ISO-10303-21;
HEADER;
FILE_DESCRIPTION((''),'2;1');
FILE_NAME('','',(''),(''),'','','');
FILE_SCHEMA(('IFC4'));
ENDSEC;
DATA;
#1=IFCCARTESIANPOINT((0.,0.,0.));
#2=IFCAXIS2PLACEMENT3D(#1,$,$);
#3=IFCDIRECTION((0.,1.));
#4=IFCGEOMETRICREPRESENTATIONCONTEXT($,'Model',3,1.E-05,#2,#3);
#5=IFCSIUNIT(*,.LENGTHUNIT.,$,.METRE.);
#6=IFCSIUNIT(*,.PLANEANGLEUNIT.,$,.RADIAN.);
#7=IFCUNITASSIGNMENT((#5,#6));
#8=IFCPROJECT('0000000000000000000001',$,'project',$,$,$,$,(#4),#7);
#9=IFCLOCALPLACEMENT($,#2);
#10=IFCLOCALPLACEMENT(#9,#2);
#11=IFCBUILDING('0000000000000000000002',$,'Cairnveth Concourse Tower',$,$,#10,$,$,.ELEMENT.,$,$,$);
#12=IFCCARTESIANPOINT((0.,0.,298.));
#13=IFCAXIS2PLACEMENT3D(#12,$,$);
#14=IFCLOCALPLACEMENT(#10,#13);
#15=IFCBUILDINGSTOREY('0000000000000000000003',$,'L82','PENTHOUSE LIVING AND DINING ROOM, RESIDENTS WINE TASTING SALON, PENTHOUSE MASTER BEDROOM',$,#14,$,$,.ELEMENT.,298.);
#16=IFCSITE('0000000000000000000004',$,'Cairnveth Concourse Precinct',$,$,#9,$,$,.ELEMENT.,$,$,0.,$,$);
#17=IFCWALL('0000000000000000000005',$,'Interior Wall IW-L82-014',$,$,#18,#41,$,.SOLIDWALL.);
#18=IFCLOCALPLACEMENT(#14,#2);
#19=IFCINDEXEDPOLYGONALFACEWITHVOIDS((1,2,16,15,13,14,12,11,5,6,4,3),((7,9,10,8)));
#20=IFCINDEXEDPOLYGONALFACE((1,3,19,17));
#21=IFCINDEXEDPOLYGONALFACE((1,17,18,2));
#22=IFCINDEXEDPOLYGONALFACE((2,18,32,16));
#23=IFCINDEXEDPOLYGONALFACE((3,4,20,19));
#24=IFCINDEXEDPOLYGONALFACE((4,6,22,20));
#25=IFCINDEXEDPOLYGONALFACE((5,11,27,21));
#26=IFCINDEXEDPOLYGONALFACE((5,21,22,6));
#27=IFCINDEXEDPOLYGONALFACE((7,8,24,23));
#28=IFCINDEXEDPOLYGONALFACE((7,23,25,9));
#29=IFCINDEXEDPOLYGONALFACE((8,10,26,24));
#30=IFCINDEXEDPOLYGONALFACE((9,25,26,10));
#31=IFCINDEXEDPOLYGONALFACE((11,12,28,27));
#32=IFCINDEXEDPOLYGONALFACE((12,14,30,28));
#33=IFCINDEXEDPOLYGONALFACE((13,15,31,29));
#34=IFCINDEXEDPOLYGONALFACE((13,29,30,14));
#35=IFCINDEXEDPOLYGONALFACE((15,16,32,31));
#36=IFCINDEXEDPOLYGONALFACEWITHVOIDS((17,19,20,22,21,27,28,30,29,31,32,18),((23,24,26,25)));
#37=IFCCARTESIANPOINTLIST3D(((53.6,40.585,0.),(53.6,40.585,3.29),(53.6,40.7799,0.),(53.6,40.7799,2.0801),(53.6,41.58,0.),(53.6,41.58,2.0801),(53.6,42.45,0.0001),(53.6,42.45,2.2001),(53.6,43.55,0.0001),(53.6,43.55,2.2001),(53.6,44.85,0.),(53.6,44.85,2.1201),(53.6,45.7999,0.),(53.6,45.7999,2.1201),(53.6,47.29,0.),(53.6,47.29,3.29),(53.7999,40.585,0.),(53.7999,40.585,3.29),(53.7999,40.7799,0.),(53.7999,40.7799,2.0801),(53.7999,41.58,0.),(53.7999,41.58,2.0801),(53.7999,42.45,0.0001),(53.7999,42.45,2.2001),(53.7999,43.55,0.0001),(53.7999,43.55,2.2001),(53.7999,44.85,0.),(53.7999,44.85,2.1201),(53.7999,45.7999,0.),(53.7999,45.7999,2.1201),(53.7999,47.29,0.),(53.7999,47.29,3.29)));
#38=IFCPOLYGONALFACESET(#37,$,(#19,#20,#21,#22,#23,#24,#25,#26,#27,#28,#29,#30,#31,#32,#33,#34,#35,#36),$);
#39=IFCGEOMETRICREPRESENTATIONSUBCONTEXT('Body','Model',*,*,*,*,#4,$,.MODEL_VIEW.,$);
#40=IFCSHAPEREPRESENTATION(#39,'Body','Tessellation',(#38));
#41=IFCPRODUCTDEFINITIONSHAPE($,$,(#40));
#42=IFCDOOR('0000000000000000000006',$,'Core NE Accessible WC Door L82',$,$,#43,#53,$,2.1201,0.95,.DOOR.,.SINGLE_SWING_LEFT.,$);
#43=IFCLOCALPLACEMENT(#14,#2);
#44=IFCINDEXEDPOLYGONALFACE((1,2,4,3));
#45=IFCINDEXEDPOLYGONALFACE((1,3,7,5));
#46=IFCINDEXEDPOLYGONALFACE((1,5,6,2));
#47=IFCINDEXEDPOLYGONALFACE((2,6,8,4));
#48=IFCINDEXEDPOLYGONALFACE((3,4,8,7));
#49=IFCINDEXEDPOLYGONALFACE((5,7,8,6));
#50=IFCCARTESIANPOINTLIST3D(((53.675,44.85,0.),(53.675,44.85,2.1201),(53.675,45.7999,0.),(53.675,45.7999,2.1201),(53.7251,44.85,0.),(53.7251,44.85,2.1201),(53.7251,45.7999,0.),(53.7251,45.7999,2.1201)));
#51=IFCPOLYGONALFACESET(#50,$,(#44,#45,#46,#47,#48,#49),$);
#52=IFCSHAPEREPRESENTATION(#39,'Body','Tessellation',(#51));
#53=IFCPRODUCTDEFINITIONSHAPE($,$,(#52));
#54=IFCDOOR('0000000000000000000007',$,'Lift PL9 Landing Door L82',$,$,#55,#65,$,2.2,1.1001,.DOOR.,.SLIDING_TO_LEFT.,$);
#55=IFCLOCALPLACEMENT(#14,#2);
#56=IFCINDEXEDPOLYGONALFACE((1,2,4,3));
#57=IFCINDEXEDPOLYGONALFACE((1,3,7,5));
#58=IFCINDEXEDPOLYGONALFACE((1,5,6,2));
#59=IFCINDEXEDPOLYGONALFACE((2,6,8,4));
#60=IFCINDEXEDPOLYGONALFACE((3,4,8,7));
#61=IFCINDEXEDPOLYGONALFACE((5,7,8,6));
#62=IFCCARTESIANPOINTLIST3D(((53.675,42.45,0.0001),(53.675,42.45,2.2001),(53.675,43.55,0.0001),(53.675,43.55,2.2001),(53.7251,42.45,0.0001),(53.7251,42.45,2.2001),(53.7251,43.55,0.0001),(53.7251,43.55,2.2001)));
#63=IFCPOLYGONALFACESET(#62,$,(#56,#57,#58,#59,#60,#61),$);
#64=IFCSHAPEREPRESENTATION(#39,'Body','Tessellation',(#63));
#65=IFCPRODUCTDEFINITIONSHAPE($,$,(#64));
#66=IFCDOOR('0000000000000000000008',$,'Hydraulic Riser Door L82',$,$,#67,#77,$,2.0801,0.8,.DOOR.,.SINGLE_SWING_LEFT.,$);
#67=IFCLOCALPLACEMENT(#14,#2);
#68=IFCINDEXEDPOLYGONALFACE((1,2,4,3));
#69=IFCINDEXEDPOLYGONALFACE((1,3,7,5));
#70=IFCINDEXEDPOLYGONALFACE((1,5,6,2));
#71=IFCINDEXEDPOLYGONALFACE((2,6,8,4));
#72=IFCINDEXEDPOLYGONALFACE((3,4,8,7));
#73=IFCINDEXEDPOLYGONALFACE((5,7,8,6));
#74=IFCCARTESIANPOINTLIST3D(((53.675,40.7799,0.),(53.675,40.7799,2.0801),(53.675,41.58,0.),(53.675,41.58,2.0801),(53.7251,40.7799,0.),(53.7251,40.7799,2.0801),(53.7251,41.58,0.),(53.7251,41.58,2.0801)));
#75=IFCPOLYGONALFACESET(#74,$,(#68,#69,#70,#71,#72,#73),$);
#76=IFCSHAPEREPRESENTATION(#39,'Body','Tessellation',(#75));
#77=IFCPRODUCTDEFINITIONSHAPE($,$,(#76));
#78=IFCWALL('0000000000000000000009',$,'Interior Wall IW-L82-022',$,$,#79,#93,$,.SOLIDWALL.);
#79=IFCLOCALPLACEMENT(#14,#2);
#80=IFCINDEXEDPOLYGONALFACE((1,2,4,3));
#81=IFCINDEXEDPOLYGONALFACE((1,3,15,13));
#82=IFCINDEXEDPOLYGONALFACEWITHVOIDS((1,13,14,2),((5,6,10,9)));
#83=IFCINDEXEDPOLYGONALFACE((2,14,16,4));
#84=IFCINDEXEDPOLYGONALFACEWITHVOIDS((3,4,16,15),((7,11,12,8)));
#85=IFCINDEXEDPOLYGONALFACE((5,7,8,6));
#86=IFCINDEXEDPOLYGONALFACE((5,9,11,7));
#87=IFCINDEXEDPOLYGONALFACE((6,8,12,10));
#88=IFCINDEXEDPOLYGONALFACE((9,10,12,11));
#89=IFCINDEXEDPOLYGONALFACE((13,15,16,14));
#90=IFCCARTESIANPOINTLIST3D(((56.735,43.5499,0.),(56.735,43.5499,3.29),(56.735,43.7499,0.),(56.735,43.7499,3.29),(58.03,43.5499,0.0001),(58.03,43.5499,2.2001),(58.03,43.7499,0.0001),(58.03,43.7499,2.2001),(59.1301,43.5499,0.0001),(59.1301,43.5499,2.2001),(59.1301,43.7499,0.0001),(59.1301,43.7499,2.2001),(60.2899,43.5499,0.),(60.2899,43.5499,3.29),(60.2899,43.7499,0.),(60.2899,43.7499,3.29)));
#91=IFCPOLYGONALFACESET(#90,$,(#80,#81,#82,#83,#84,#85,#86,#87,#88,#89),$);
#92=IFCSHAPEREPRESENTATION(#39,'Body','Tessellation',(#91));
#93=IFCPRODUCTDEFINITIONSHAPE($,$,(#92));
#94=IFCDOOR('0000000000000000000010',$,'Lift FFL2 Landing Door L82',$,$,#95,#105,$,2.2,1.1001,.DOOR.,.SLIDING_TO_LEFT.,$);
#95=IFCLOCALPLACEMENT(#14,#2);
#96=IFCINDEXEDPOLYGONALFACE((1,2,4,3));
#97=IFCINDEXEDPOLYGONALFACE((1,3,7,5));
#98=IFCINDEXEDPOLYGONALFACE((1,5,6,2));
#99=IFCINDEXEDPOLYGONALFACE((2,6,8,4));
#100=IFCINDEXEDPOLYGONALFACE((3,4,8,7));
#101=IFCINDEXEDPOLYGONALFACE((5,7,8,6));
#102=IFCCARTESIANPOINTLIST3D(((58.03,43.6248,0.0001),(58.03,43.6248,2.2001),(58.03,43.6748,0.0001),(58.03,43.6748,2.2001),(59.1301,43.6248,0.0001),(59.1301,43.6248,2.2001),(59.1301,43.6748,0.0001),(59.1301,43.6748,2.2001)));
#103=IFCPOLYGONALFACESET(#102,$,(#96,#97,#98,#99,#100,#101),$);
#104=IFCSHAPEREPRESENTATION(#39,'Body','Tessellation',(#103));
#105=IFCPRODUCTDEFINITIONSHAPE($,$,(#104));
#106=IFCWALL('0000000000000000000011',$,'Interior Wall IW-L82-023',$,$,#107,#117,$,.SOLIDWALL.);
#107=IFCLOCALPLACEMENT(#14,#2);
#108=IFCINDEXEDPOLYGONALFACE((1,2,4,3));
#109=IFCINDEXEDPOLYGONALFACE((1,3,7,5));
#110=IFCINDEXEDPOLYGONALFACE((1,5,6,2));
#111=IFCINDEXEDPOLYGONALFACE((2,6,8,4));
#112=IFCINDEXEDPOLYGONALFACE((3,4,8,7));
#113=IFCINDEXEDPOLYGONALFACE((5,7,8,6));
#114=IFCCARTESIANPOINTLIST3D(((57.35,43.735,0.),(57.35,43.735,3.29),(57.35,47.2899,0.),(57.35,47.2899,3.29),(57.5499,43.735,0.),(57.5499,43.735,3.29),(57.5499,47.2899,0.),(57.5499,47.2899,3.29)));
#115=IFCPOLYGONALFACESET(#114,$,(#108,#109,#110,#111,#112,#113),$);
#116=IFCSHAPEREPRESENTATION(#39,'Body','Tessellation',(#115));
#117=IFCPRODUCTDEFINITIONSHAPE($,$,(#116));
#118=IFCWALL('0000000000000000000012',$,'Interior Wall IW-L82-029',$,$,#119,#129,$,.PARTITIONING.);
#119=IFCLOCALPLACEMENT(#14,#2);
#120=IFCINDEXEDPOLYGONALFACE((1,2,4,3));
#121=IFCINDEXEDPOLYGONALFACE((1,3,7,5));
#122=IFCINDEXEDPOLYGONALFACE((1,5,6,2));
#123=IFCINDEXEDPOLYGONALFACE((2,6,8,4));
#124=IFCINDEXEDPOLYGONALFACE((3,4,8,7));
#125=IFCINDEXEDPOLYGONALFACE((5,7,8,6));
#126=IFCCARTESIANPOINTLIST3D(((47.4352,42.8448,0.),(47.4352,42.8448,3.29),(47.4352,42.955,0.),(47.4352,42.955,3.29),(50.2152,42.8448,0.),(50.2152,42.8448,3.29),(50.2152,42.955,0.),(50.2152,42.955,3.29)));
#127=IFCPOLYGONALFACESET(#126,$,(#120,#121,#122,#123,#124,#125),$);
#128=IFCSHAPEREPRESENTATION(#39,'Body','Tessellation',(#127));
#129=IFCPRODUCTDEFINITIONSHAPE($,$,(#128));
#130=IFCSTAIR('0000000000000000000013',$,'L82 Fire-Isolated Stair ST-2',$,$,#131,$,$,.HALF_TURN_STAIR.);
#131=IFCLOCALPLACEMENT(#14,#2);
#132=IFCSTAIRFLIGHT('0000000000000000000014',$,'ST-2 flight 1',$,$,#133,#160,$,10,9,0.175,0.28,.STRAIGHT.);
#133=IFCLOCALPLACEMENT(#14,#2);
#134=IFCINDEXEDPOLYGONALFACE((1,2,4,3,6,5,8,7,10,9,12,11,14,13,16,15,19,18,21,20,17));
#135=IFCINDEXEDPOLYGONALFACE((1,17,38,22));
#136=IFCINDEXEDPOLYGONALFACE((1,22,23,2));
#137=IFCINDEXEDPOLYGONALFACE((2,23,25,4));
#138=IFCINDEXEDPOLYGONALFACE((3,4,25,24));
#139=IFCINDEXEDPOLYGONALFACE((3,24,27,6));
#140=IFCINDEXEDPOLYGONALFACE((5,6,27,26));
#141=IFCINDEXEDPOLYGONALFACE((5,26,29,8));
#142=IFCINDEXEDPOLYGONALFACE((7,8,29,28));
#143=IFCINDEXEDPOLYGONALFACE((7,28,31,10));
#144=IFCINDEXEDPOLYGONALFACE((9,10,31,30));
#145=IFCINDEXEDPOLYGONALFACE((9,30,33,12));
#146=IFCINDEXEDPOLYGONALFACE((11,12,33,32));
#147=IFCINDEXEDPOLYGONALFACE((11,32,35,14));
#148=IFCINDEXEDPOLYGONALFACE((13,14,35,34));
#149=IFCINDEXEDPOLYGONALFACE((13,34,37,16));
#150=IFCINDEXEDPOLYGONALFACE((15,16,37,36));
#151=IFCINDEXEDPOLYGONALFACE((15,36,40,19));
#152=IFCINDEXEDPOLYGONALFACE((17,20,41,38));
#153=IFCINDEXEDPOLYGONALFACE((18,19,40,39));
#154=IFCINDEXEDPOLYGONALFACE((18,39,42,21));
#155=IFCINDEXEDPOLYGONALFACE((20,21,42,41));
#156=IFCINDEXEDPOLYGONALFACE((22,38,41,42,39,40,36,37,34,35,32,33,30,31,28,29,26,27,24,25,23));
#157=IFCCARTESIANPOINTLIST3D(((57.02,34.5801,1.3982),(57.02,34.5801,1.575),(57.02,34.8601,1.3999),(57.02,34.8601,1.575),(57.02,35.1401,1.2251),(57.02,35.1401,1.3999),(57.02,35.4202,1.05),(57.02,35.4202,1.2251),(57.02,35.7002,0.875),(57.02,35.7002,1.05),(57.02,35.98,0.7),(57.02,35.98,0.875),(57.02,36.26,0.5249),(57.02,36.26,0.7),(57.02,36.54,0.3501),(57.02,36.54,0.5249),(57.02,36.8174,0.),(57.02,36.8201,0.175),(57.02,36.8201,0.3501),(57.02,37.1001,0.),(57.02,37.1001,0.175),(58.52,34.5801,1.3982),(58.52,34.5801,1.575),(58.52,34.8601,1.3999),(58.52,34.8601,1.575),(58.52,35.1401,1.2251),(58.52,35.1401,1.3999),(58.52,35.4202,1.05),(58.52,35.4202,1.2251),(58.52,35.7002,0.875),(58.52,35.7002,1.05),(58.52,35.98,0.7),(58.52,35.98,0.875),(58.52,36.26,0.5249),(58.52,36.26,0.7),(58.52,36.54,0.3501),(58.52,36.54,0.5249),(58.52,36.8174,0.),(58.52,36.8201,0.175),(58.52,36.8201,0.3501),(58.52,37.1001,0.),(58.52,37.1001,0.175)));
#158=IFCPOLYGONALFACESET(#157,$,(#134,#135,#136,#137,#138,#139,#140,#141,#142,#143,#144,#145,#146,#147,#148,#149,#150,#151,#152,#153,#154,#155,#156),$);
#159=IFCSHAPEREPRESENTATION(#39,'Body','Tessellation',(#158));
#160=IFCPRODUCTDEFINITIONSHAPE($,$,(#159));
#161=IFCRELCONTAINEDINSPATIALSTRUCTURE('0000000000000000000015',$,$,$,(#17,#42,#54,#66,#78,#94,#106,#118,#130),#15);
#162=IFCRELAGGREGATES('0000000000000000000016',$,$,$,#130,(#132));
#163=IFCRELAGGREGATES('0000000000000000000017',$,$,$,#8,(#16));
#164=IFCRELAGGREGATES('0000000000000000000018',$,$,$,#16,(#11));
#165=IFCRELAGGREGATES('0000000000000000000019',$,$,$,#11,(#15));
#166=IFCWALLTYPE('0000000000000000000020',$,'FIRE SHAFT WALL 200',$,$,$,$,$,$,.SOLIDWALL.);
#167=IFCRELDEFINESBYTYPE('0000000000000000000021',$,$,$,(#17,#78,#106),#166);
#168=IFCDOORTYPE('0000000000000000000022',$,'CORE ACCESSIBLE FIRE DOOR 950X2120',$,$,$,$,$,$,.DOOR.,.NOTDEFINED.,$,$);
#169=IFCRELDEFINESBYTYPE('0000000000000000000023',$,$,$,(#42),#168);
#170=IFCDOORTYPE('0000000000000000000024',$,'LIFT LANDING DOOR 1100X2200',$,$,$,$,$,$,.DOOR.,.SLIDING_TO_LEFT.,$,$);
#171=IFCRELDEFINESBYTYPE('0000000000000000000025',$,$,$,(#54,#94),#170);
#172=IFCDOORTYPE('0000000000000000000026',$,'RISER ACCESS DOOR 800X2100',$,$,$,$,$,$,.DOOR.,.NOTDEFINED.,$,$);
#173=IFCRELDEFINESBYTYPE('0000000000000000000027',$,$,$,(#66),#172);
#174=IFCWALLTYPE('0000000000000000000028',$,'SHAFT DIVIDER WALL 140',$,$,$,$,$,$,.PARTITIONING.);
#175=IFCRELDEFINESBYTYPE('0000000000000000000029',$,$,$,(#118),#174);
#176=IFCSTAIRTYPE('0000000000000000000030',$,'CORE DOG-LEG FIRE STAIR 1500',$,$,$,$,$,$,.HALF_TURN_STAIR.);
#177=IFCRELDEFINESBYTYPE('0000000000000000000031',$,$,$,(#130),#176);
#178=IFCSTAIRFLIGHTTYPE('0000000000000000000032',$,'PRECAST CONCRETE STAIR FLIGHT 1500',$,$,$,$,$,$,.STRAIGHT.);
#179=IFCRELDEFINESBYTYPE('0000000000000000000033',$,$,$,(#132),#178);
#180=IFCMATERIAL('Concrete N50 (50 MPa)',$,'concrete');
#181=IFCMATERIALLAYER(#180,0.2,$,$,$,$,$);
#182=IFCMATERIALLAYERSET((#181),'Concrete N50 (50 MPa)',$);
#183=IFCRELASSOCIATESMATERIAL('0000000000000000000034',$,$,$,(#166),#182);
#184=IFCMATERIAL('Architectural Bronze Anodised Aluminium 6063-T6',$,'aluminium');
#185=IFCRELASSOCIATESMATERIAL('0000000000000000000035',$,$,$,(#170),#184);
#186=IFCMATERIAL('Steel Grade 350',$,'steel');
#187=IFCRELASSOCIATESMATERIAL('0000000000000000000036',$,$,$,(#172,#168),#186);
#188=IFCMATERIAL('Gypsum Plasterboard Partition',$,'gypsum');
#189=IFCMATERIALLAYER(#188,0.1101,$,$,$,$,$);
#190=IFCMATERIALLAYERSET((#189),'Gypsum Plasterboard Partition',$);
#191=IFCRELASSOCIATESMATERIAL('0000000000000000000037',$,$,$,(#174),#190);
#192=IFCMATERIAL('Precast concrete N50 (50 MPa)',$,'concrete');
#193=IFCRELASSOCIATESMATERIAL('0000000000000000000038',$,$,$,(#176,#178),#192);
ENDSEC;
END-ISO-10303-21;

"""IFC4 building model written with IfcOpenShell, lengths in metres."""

from ifc_helpers import new_model, si_unit, direction, frame, frame_2d, origin, place, context, subcontext, project, spatial, polyline, rectangle, outline, extrude, material, layer, layer_set, type_object, element, fill, aggregate, save


model = new_model("IFC4")

# Units and contexts
model_context = context("Model", 3, precision=1e-05, world=origin(), true_north=direction((0.0, 1.0)))
body_context = subcontext(model_context, "Body", "Model", "MODEL_VIEW")
ifc_project = project(units=[si_unit("LENGTHUNIT", "METRE"), si_unit("PLANEANGLEUNIT", "RADIAN")], contexts=[model_context])

# Site, building, storey
site_placement = place(None, origin())
site = spatial("IfcSite", under=ifc_project, at=site_placement, Name="Cairnveth Concourse Precinct", CompositionType="ELEMENT", RefElevation=0.0)
building_placement = place(site_placement, origin())
building = spatial("IfcBuilding", under=site, at=building_placement, Name="Cairnveth Concourse Tower", CompositionType="ELEMENT")
storey_placement = place(building_placement, frame((0.0, 0.0, 298.0)))
storey = spatial("IfcBuildingStorey", under=building, at=storey_placement, Name="L82", Description="PENTHOUSE LIVING AND DINING ROOM, RESIDENTS WINE TASTING SALON, PENTHOUSE MASTER BEDROOM", CompositionType="ELEMENT", Elevation=298.0)

# Shared definitions
ifc_material_1 = material(Name="Concrete N50 (50 MPa)", Category="concrete")

# Shared definitions
ifc_material_2 = material(Name="Steel Grade 350", Category="steel")

# Shared definitions
ifc_layer_1 = layer(ifc_material_1, 0.2)
ifc_layer_set_1 = layer_set([ifc_layer_1], Name="Concrete N50 (50 MPa)")
wall_type_1 = type_object("IfcWallType", Name="FIRE SHAFT WALL 200", PredefinedType="SOLIDWALL", material=ifc_layer_set_1)

# Wall, openings, doors
ifc_material_3 = material(Name="Architectural Bronze Anodised Aluminium 6063-T6", Category="aluminium")
door_type_1 = type_object("IfcDoorType", Name="LIFT LANDING DOOR 1100X2200", OperationType="SLIDING_TO_LEFT", PredefinedType="DOOR", material=ifc_material_3)
door_type_2 = type_object("IfcDoorType", Name="RISER ACCESS DOOR 800X2100", OperationType="NOTDEFINED", PredefinedType="DOOR", material=ifc_material_2)
wall_1_placement = place(storey_placement, frame((53.7, 40.585, 0.0), z_axis=(0.0, 0.0, 1.0), x_axis=(0.0, 1.0, 0.0)))
wall_1 = element("IfcWall", 1, at=wall_1_placement, inside=storey, type_object=wall_type_1, Name="Interior Wall IW-L82-014", PredefinedType="SOLIDWALL", context=body_context, shape_type="SweptSolid", body=[
    extrude(rectangle(XDim=6.7051, YDim=0.2, at=frame_2d((3.3525, 0.0))), origin(), (0.0, 0.0, 1.0), 3.29),
])
opening_1_placement = place(wall_1_placement, frame((0.1951, 0.0, 0.0)))
opening_1 = element("IfcOpeningElement", 2, at=opening_1_placement, cuts=wall_1, PredefinedType="OPENING", context=body_context, shape_type="SweptSolid", body=[
    extrude(rectangle(XDim=0.8, YDim=2.0801, at=frame_2d((0.3999, 1.04))), frame((0.0, 0.1099, 0.0), z_axis=(0.0, -1.0, 0.0), x_axis=(1.0, 0.0, 0.0)), (0.0, 0.0, 1.0), 0.22),
])
opening_2_placement = place(wall_1_placement, frame((1.865, 0.0, 0.0)))
opening_2 = element("IfcOpeningElement", 3, at=opening_2_placement, cuts=wall_1, PredefinedType="OPENING", context=body_context, shape_type="SweptSolid", body=[
    extrude(rectangle(XDim=1.1001, YDim=2.2, at=frame_2d((0.55, 1.1001))), frame((0.0, 0.1099, 0.0), z_axis=(0.0, -1.0, 0.0), x_axis=(1.0, 0.0, 0.0)), (0.0, 0.0, 1.0), 0.22),
])
opening_3_placement = place(wall_1_placement, frame((4.2649, 0.0, 0.0)))
opening_3 = element("IfcOpeningElement", 4, at=opening_3_placement, cuts=wall_1, PredefinedType="OPENING", context=body_context, shape_type="SweptSolid", body=[
    extrude(rectangle(XDim=0.95, YDim=2.1201, at=frame_2d((0.4751, 1.0601))), frame((0.0, 0.1099, 0.0), z_axis=(0.0, -1.0, 0.0), x_axis=(1.0, 0.0, 0.0)), (0.0, 0.0, 1.0), 0.22),
])
door_type_3 = type_object("IfcDoorType", Name="CORE ACCESSIBLE FIRE DOOR 950X2120", OperationType="NOTDEFINED", PredefinedType="DOOR", material=ifc_material_2)
door_1_placement = place(opening_3_placement, origin())
door_1 = element("IfcDoor", 5, at=door_1_placement, inside=storey, type_object=door_type_3, Name="Core NE Accessible WC Door L82", OperationType="SINGLE_SWING_LEFT", OverallHeight=2.1201, OverallWidth=0.95, PredefinedType="DOOR", context=body_context, shape_type="SweptSolid", body=[
    extrude(rectangle(XDim=0.95, YDim=2.1201, at=frame_2d((0.4751, 1.0601))), frame((0.0, 0.0249, 0.0), z_axis=(0.0, -1.0, 0.0), x_axis=(1.0, 0.0, 0.0)), (0.0, 0.0, 1.0), 0.05),
])
fill(opening_3, door_1)
door_2_placement = place(opening_2_placement, origin())
door_2 = element("IfcDoor", 6, at=door_2_placement, inside=storey, type_object=door_type_1, Name="Lift PL9 Landing Door L82", OperationType="SLIDING_TO_LEFT", OverallHeight=2.2, OverallWidth=1.1001, PredefinedType="DOOR", context=body_context, shape_type="SweptSolid", body=[
    extrude(rectangle(XDim=1.1001, YDim=2.2, at=frame_2d((0.55, 1.1001))), frame((0.0, 0.0249, 0.0), z_axis=(0.0, -1.0, 0.0), x_axis=(1.0, 0.0, 0.0)), (0.0, 0.0, 1.0), 0.05),
])
fill(opening_2, door_2)
door_3_placement = place(opening_1_placement, origin())
door_3 = element("IfcDoor", 7, at=door_3_placement, inside=storey, type_object=door_type_2, Name="Hydraulic Riser Door L82", OperationType="SINGLE_SWING_LEFT", OverallHeight=2.0801, OverallWidth=0.8, PredefinedType="DOOR", context=body_context, shape_type="SweptSolid", body=[
    extrude(rectangle(XDim=0.8, YDim=2.0801, at=frame_2d((0.3999, 1.04))), frame((0.0, 0.0249, 0.0), z_axis=(0.0, -1.0, 0.0), x_axis=(1.0, 0.0, 0.0)), (0.0, 0.0, 1.0), 0.05),
])
fill(opening_1, door_3)

# Wall, opening, door
wall_2_placement = place(storey_placement, frame((56.7351, 43.6499, 0.0), z_axis=(0.0, 0.0, 1.0), x_axis=(1.0, 0.0, 0.0)))
wall_2 = element("IfcWall", 8, at=wall_2_placement, inside=storey, type_object=wall_type_1, Name="Interior Wall IW-L82-022", PredefinedType="SOLIDWALL", context=body_context, shape_type="SweptSolid", body=[
    extrude(rectangle(XDim=3.5549, YDim=0.2, at=frame_2d((1.7773, 0.0))), origin(), (0.0, 0.0, 1.0), 3.29),
])
opening_4_placement = place(wall_2_placement, frame((1.2949, 0.0, 0.0)))
opening_4 = element("IfcOpeningElement", 9, at=opening_4_placement, cuts=wall_2, PredefinedType="OPENING", context=body_context, shape_type="SweptSolid", body=[
    extrude(rectangle(XDim=1.1001, YDim=2.2, at=frame_2d((0.55, 1.1001))), frame((0.0, 0.1099, 0.0), z_axis=(0.0, -1.0, 0.0), x_axis=(1.0, 0.0, 0.0)), (0.0, 0.0, 1.0), 0.22),
])
door_4_placement = place(opening_4_placement, origin())
door_4 = element("IfcDoor", 10, at=door_4_placement, inside=storey, type_object=door_type_1, Name="Lift FFL2 Landing Door L82", OperationType="SLIDING_TO_LEFT", OverallHeight=2.2, OverallWidth=1.1001, PredefinedType="DOOR", context=body_context, shape_type="SweptSolid", body=[
    extrude(rectangle(XDim=1.1001, YDim=2.2, at=frame_2d((0.55, 1.1001))), frame((0.0, 0.0249, 0.0), z_axis=(0.0, -1.0, 0.0), x_axis=(1.0, 0.0, 0.0)), (0.0, 0.0, 1.0), 0.05),
])
fill(opening_4, door_4)

# Walls
wall_3_placement = place(storey_placement, frame((57.45, 43.7351, 0.0), z_axis=(0.0, 0.0, 1.0), x_axis=(0.0, 1.0, 0.0)))
element("IfcWall", 11, at=wall_3_placement, inside=storey, type_object=wall_type_1, Name="Interior Wall IW-L82-023", PredefinedType="SOLIDWALL", context=body_context, shape_type="SweptSolid", body=[
    extrude(rectangle(XDim=3.5549, YDim=0.2, at=frame_2d((1.7773, 0.0))), origin(), (0.0, 0.0, 1.0), 3.29),
])
ifc_material_4 = material(Name="Gypsum Plasterboard Partition", Category="gypsum")
ifc_layer_2 = layer(ifc_material_4, 0.1101)
ifc_layer_set_2 = layer_set([ifc_layer_2], Name="Gypsum Plasterboard Partition")
wall_type_2 = type_object("IfcWallType", Name="SHAFT DIVIDER WALL 140", PredefinedType="PARTITIONING", material=ifc_layer_set_2)
wall_4_placement = place(storey_placement, frame((47.4351, 42.8999, 0.0), z_axis=(0.0, 0.0, 1.0), x_axis=(1.0, 0.0, 0.0)))
element("IfcWall", 12, at=wall_4_placement, inside=storey, type_object=wall_type_2, Name="Interior Wall IW-L82-029", PredefinedType="PARTITIONING", context=body_context, shape_type="SweptSolid", body=[
    extrude(rectangle(XDim=2.78, YDim=0.1101, at=frame_2d((1.3901, 0.0))), origin(), (0.0, 0.0, 1.0), 3.29),
])

# Stair, stair flight
ifc_material_5 = material(Name="Precast concrete N50 (50 MPa)", Category="concrete")
stair_type = type_object("IfcStairType", Name="CORE DOG-LEG FIRE STAIR 1500", PredefinedType="HALF_TURN_STAIR", material=ifc_material_5)
stair_placement = place(storey_placement, origin())
stair = element("IfcStair", 13, at=stair_placement, inside=storey, type_object=stair_type, Name="L82 Fire-Isolated Stair ST-2", PredefinedType="HALF_TURN_STAIR")
stair_flight_type = type_object("IfcStairFlightType", Name="PRECAST CONCRETE STAIR FLIGHT 1500", PredefinedType="STRAIGHT", material=ifc_material_5)
stair_flight_placement = place(storey_placement, frame((57.77, 37.1001, 0.0), z_axis=(0.0, 0.0, 1.0), x_axis=(0.0, -1.0, 0.0)))
stair_flight = element("IfcStairFlight", 14, at=stair_flight_placement, type_object=stair_flight_type, Name="ST-2 flight 1", NumberOfRisers=10, NumberOfTreads=9, PredefinedType="STRAIGHT", RiserHeight=0.175, TreadLength=0.28, context=body_context, shape_type="SweptSolid", body=[
    extrude(outline(polyline([(0.0, 0.0), (0.0, 0.175), (0.28, 0.175), (0.28, 0.3501), (0.5601, 0.3501), (0.5601, 0.5249), (0.8401, 0.5249), (0.8401, 0.7), (1.1201, 0.7), (1.1201, 0.875), (1.3999, 0.875), (1.3999, 1.05), (1.6799, 1.05), (1.6799, 1.2251), (1.96, 1.2251), (1.96, 1.3999), (2.24, 1.3999), (2.24, 1.575), (2.52, 1.575), (2.52, 1.75), (2.52, 1.3982), (0.2827, 0.0), (0.0, 0.0)])), frame((0.0, 0.75, 0.0), z_axis=(0.0, -1.0, 0.0), x_axis=(1.0, 0.0, 0.0)), (0.0, 0.0, 1.0), 1.5),
])
aggregate(stair, [stair_flight])

save(model, "model.ifc")
